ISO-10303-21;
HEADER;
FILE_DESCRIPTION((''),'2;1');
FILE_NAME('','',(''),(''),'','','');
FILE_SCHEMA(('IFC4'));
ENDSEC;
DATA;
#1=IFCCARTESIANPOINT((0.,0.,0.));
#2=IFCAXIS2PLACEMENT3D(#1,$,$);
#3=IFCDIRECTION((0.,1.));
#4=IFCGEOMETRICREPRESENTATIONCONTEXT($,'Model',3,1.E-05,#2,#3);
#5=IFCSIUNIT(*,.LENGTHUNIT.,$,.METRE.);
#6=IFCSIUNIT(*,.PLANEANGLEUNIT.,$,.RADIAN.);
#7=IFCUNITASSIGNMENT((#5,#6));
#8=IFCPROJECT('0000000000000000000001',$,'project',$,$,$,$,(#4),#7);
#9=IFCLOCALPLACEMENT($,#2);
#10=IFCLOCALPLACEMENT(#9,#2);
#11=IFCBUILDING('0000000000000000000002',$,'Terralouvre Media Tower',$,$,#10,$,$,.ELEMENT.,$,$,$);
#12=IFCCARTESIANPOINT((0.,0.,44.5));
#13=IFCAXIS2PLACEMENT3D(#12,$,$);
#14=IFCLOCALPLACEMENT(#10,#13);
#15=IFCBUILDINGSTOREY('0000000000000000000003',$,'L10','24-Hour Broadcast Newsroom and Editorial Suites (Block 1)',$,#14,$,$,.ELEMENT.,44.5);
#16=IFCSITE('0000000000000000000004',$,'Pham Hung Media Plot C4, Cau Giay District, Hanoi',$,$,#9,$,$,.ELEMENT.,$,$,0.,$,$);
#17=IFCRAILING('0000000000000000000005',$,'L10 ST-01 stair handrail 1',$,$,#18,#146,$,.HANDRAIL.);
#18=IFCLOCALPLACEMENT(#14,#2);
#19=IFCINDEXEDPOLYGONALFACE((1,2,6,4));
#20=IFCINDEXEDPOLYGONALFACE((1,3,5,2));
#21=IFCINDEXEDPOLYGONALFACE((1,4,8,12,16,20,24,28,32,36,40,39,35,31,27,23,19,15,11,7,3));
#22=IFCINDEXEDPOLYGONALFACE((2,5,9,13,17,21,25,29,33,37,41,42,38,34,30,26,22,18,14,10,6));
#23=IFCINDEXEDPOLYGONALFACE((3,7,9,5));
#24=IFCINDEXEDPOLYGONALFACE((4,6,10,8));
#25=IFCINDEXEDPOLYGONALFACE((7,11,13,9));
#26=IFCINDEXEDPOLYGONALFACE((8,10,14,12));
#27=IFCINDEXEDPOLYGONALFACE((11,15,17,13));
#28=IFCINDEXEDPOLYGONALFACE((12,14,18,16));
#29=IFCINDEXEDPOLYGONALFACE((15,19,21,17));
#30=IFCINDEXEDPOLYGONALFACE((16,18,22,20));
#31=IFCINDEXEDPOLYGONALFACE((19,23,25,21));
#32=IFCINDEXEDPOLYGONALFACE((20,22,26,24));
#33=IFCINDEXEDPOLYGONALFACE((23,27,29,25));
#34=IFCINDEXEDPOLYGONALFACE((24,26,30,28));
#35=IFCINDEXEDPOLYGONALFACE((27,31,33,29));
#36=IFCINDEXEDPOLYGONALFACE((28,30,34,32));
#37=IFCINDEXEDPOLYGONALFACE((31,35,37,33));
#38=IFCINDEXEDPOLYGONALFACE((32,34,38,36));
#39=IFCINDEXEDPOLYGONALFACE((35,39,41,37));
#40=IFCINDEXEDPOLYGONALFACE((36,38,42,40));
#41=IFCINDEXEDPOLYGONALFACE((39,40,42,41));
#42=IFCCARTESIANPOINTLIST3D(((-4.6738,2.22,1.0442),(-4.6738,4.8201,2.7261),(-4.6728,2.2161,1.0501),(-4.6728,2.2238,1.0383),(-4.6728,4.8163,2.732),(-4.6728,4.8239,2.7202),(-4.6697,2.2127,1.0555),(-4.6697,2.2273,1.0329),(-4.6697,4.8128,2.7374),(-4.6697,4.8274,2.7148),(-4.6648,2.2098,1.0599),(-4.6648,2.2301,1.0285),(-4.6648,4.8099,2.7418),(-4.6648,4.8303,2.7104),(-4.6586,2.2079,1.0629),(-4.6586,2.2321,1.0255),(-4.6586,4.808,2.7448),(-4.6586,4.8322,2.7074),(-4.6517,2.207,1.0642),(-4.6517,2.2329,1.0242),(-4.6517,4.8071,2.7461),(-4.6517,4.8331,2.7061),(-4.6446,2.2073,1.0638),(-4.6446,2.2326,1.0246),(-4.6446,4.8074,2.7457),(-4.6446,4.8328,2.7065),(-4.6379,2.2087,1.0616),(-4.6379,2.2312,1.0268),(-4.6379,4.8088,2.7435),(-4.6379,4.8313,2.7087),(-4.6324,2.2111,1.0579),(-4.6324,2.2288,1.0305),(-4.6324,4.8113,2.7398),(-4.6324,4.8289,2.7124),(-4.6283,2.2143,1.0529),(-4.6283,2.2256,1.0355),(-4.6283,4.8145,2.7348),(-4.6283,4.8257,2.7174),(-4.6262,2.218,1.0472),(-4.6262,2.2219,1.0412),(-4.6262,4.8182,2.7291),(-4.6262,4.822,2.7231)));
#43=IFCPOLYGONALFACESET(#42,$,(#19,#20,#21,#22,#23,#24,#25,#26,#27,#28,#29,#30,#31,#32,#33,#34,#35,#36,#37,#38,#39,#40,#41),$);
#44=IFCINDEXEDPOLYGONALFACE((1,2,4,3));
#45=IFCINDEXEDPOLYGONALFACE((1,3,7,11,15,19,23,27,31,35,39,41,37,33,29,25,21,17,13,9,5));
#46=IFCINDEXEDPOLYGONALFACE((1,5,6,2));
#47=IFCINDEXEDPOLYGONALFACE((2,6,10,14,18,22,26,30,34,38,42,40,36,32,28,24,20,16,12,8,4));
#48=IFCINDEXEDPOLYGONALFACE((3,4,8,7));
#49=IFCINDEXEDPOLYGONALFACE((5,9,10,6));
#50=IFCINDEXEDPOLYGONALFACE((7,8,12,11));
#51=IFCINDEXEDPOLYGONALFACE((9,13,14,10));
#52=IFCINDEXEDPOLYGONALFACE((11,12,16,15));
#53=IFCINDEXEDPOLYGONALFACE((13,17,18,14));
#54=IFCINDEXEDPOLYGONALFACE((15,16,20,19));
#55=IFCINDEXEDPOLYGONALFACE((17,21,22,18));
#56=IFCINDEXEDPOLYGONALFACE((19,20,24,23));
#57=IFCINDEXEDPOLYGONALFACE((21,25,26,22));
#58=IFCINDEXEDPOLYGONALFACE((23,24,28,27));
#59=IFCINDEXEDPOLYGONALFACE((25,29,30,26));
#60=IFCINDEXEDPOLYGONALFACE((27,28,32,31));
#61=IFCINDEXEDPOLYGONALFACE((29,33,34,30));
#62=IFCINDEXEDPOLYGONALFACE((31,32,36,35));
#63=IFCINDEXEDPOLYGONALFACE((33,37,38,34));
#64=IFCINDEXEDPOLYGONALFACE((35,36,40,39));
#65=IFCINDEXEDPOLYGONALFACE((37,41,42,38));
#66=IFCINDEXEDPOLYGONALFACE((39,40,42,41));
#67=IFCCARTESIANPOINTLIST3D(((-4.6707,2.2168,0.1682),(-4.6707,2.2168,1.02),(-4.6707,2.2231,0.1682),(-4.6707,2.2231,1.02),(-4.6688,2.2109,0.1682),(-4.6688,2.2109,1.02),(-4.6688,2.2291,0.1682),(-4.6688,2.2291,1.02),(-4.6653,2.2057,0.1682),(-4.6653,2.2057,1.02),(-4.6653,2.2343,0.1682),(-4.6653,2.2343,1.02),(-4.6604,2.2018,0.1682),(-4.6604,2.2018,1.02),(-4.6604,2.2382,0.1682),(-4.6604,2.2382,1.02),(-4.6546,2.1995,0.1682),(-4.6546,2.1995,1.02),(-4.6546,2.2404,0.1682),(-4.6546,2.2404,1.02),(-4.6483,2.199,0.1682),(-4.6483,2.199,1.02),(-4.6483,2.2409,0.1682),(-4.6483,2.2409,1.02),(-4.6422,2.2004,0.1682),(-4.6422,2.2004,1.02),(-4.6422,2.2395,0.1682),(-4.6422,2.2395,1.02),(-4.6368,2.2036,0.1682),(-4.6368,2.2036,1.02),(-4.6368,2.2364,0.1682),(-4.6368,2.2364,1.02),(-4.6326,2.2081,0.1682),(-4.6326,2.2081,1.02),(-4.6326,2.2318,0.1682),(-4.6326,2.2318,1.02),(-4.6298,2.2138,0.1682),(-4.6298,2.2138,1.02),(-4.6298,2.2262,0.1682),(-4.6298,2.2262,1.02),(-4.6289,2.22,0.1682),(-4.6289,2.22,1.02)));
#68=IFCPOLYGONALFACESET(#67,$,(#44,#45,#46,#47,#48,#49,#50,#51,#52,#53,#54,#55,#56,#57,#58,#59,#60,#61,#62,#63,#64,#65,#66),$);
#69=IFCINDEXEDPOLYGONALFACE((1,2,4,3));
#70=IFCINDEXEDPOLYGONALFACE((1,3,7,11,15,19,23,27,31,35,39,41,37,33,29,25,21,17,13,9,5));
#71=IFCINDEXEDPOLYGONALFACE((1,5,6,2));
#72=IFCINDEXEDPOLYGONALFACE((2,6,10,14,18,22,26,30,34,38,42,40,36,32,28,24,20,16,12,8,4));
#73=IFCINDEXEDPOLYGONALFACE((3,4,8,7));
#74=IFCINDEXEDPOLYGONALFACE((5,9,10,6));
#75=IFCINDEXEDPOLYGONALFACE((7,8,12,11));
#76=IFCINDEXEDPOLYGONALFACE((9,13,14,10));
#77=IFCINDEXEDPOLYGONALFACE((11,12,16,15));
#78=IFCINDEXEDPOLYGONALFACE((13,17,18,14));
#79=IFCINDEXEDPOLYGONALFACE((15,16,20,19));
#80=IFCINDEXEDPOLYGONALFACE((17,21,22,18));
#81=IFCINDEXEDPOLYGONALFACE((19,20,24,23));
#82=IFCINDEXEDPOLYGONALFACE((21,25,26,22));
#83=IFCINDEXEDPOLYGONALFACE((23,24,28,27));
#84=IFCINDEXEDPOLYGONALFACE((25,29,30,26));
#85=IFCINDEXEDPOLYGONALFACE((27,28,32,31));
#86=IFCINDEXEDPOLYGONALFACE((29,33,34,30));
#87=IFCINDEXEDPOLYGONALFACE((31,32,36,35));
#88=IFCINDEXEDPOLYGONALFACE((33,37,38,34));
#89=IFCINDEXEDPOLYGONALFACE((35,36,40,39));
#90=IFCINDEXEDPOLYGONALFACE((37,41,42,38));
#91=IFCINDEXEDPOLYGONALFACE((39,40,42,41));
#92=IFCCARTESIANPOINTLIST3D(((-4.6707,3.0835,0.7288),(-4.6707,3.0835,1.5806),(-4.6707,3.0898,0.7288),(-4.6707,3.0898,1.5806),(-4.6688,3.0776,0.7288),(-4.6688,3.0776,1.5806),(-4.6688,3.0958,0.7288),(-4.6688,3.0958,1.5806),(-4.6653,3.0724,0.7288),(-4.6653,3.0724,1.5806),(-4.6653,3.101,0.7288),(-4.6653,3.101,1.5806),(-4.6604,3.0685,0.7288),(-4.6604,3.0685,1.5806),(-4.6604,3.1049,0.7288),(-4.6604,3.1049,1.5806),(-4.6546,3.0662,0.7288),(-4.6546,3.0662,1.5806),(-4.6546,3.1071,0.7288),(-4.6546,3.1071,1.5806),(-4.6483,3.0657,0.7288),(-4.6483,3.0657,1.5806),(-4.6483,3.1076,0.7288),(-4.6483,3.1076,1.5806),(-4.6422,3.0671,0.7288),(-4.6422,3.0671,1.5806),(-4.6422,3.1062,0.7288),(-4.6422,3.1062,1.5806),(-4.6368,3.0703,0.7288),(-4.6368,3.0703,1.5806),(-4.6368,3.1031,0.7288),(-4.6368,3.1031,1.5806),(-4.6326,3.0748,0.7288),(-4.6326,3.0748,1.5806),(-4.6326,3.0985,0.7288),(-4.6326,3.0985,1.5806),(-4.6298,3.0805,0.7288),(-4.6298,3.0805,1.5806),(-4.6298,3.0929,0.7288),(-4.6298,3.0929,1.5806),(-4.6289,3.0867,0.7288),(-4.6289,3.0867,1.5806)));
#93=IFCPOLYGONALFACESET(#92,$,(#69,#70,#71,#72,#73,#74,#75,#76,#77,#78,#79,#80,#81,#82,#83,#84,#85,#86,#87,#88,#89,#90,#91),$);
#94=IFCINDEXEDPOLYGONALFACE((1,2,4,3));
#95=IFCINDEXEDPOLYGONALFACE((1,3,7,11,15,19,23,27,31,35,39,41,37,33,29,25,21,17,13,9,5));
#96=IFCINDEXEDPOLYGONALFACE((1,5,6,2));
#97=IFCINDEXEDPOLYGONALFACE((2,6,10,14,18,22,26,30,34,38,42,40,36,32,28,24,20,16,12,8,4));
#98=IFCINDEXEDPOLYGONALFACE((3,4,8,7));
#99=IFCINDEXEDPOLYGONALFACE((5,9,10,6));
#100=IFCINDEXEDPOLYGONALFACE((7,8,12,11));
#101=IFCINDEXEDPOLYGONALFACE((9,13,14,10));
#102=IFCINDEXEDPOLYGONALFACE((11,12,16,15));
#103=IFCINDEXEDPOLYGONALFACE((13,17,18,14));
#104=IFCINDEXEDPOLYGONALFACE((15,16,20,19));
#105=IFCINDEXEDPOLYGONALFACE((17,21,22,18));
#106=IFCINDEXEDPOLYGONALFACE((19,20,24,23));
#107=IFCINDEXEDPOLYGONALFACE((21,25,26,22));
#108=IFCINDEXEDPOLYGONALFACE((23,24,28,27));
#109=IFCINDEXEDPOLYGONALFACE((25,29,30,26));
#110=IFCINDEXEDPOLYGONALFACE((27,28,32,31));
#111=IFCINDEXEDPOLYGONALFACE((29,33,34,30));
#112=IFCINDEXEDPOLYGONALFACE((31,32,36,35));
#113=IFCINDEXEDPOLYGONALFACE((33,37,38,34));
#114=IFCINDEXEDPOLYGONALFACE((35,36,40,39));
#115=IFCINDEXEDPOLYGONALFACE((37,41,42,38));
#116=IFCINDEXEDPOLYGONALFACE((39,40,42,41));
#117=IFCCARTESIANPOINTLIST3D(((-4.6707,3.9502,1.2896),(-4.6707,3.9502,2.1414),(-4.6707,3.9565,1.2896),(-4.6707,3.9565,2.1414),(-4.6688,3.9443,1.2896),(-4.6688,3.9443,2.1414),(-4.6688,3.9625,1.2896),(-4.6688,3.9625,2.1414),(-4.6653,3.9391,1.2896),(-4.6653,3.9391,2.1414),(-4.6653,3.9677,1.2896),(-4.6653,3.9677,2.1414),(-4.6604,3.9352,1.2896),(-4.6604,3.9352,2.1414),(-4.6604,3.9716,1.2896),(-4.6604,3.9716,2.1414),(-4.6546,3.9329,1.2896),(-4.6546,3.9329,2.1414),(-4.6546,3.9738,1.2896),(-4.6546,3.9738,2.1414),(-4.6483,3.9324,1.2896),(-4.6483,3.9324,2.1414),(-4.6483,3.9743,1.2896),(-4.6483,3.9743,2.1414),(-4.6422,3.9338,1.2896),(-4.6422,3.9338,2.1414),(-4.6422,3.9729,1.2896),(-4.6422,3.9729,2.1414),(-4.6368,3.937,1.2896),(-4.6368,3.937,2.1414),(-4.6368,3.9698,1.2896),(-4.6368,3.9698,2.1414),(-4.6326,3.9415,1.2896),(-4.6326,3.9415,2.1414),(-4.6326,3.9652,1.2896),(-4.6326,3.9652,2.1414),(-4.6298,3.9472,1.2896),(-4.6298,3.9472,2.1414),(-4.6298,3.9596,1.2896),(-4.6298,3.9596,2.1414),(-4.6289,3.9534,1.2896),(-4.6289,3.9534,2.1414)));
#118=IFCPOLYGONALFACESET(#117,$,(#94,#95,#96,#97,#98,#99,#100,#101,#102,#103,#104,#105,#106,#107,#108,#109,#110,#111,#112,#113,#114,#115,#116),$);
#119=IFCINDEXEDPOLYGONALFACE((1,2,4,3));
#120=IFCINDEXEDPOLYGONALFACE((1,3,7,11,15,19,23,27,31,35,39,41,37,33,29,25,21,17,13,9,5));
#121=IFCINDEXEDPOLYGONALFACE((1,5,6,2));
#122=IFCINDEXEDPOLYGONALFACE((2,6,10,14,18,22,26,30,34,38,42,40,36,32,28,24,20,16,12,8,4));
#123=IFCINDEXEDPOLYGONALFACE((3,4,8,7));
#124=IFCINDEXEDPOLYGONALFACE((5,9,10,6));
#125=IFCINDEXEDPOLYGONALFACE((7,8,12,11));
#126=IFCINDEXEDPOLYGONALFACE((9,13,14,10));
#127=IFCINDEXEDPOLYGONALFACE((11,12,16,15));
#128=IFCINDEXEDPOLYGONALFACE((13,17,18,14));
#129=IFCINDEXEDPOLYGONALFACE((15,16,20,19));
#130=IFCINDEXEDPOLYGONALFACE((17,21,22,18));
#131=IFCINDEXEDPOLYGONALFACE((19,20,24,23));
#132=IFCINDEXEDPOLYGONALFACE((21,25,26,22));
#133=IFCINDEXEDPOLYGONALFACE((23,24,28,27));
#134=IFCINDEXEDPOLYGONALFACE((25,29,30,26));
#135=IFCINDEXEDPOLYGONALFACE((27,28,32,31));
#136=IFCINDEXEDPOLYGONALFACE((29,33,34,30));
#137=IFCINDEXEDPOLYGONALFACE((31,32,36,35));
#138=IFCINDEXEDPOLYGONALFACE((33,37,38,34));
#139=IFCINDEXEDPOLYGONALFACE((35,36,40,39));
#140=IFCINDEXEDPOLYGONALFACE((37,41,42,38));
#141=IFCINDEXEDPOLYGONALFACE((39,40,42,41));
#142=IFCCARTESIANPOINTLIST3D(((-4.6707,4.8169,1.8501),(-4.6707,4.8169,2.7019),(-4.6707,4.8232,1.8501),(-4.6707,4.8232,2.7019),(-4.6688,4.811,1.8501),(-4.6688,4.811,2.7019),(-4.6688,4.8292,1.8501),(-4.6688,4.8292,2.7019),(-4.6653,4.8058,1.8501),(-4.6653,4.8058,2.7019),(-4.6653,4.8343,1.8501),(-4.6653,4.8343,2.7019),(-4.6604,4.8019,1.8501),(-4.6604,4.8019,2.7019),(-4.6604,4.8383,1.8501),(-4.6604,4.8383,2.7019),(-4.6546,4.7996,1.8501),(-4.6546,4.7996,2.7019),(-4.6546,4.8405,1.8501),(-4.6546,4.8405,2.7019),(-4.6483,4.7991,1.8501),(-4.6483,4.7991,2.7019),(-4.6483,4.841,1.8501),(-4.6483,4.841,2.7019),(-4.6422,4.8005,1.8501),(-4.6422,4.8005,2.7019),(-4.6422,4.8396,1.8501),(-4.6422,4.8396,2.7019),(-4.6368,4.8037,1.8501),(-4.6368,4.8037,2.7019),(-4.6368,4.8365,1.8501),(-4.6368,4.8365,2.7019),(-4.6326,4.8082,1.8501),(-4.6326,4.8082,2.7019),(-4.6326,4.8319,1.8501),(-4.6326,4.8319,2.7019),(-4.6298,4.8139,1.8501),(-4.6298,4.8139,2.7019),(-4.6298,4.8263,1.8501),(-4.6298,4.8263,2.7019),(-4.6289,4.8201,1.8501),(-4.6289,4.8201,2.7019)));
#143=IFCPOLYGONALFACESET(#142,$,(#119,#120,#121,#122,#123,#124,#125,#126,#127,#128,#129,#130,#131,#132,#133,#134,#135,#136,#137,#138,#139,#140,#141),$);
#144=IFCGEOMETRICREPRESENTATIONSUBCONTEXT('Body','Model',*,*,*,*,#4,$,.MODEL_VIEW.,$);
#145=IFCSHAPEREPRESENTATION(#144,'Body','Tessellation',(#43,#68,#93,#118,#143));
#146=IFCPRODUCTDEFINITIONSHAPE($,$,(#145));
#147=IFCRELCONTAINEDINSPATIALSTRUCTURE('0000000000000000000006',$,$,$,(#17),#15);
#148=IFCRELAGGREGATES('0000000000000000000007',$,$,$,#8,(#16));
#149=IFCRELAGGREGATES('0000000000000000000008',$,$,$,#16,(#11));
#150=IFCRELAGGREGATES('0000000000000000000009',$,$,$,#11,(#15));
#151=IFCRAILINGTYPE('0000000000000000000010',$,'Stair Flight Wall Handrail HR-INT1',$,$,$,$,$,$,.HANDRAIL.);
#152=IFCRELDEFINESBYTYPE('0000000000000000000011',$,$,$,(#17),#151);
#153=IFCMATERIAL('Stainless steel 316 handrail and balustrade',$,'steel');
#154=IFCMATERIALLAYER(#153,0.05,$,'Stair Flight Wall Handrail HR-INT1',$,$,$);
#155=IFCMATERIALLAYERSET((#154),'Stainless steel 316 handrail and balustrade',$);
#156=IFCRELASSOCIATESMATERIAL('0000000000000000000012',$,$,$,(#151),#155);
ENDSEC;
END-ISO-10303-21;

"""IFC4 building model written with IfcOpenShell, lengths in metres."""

from ifc_helpers import new_model, si_unit, direction, frame, origin, origin_2d, place, context, subcontext, project, spatial, circle, extrude, material, layer, layer_set, type_object, element, save


model = new_model("IFC4")

# Units and contexts
model_context = context("Model", 3, precision=1e-05, world=origin(), true_north=direction((0.0, 1.0)))
body_context = subcontext(model_context, "Body", "Model", "MODEL_VIEW")
ifc_project = project(units=[si_unit("LENGTHUNIT", "METRE"), si_unit("PLANEANGLEUNIT", "RADIAN")], contexts=[model_context])

# Site, building, storey
site_placement = place(None, origin())
site = spatial("IfcSite", under=ifc_project, at=site_placement, Name="Pham Hung Media Plot C4, Cau Giay District, Hanoi", CompositionType="ELEMENT", RefElevation=0.0)
building_placement = place(site_placement, origin())
building = spatial("IfcBuilding", under=site, at=building_placement, Name="Terralouvre Media Tower", CompositionType="ELEMENT")
storey_placement = place(building_placement, frame((0.0, 0.0, 44.5)))
storey = spatial("IfcBuildingStorey", under=building, at=storey_placement, Name="L10", Description="24-Hour Broadcast Newsroom and Editorial Suites (Block 1)", CompositionType="ELEMENT", Elevation=44.5)

# Railing
ifc_material_1 = material(Name="Stainless steel 316 handrail and balustrade", Category="steel")
ifc_layer_1 = layer(ifc_material_1, 0.05, Name="Stair Flight Wall Handrail HR-INT1")
ifc_layer_set_1 = layer_set([ifc_layer_1], Name="Stainless steel 316 handrail and balustrade")
railing_type_1 = type_object("IfcRailingType", Name="Stair Flight Wall Handrail HR-INT1", PredefinedType="HANDRAIL", material=ifc_layer_set_1)
railing_1_placement = place(storey_placement, frame((-4.6499, 2.22, 0.1682)))
element("IfcRailing", 1, at=railing_1_placement, inside=storey, type_object=railing_type_1, Name="L10 ST-01 stair handrail 1", PredefinedType="HANDRAIL", context=body_context, shape_type="SweptSolid", body=[
    extrude(circle(Radius=0.0239, at=origin_2d()), frame((0.0, 0.0, 0.876), z_axis=(0.0, 0.839648, 0.54313), x_axis=(-1.0, 0.0, 0.0)), (0.0, 0.0, 1.0), 3.0967),
    extrude(circle(Radius=0.021, at=origin_2d()), origin(), (0.0, 0.0, 1.0), 0.8518),
    extrude(circle(Radius=0.021, at=origin_2d()), frame((0.0, 0.8667, 0.5605)), (0.0, 0.0, 1.0), 0.8518),
    extrude(circle(Radius=0.021, at=origin_2d()), frame((0.0, 1.7334, 1.1213)), (0.0, 0.0, 1.0), 0.8518),
    extrude(circle(Radius=0.021, at=origin_2d()), frame((0.0, 2.6001, 1.6819)), (0.0, 0.0, 1.0), 0.8518),
])

save(model, "model.ifc")
